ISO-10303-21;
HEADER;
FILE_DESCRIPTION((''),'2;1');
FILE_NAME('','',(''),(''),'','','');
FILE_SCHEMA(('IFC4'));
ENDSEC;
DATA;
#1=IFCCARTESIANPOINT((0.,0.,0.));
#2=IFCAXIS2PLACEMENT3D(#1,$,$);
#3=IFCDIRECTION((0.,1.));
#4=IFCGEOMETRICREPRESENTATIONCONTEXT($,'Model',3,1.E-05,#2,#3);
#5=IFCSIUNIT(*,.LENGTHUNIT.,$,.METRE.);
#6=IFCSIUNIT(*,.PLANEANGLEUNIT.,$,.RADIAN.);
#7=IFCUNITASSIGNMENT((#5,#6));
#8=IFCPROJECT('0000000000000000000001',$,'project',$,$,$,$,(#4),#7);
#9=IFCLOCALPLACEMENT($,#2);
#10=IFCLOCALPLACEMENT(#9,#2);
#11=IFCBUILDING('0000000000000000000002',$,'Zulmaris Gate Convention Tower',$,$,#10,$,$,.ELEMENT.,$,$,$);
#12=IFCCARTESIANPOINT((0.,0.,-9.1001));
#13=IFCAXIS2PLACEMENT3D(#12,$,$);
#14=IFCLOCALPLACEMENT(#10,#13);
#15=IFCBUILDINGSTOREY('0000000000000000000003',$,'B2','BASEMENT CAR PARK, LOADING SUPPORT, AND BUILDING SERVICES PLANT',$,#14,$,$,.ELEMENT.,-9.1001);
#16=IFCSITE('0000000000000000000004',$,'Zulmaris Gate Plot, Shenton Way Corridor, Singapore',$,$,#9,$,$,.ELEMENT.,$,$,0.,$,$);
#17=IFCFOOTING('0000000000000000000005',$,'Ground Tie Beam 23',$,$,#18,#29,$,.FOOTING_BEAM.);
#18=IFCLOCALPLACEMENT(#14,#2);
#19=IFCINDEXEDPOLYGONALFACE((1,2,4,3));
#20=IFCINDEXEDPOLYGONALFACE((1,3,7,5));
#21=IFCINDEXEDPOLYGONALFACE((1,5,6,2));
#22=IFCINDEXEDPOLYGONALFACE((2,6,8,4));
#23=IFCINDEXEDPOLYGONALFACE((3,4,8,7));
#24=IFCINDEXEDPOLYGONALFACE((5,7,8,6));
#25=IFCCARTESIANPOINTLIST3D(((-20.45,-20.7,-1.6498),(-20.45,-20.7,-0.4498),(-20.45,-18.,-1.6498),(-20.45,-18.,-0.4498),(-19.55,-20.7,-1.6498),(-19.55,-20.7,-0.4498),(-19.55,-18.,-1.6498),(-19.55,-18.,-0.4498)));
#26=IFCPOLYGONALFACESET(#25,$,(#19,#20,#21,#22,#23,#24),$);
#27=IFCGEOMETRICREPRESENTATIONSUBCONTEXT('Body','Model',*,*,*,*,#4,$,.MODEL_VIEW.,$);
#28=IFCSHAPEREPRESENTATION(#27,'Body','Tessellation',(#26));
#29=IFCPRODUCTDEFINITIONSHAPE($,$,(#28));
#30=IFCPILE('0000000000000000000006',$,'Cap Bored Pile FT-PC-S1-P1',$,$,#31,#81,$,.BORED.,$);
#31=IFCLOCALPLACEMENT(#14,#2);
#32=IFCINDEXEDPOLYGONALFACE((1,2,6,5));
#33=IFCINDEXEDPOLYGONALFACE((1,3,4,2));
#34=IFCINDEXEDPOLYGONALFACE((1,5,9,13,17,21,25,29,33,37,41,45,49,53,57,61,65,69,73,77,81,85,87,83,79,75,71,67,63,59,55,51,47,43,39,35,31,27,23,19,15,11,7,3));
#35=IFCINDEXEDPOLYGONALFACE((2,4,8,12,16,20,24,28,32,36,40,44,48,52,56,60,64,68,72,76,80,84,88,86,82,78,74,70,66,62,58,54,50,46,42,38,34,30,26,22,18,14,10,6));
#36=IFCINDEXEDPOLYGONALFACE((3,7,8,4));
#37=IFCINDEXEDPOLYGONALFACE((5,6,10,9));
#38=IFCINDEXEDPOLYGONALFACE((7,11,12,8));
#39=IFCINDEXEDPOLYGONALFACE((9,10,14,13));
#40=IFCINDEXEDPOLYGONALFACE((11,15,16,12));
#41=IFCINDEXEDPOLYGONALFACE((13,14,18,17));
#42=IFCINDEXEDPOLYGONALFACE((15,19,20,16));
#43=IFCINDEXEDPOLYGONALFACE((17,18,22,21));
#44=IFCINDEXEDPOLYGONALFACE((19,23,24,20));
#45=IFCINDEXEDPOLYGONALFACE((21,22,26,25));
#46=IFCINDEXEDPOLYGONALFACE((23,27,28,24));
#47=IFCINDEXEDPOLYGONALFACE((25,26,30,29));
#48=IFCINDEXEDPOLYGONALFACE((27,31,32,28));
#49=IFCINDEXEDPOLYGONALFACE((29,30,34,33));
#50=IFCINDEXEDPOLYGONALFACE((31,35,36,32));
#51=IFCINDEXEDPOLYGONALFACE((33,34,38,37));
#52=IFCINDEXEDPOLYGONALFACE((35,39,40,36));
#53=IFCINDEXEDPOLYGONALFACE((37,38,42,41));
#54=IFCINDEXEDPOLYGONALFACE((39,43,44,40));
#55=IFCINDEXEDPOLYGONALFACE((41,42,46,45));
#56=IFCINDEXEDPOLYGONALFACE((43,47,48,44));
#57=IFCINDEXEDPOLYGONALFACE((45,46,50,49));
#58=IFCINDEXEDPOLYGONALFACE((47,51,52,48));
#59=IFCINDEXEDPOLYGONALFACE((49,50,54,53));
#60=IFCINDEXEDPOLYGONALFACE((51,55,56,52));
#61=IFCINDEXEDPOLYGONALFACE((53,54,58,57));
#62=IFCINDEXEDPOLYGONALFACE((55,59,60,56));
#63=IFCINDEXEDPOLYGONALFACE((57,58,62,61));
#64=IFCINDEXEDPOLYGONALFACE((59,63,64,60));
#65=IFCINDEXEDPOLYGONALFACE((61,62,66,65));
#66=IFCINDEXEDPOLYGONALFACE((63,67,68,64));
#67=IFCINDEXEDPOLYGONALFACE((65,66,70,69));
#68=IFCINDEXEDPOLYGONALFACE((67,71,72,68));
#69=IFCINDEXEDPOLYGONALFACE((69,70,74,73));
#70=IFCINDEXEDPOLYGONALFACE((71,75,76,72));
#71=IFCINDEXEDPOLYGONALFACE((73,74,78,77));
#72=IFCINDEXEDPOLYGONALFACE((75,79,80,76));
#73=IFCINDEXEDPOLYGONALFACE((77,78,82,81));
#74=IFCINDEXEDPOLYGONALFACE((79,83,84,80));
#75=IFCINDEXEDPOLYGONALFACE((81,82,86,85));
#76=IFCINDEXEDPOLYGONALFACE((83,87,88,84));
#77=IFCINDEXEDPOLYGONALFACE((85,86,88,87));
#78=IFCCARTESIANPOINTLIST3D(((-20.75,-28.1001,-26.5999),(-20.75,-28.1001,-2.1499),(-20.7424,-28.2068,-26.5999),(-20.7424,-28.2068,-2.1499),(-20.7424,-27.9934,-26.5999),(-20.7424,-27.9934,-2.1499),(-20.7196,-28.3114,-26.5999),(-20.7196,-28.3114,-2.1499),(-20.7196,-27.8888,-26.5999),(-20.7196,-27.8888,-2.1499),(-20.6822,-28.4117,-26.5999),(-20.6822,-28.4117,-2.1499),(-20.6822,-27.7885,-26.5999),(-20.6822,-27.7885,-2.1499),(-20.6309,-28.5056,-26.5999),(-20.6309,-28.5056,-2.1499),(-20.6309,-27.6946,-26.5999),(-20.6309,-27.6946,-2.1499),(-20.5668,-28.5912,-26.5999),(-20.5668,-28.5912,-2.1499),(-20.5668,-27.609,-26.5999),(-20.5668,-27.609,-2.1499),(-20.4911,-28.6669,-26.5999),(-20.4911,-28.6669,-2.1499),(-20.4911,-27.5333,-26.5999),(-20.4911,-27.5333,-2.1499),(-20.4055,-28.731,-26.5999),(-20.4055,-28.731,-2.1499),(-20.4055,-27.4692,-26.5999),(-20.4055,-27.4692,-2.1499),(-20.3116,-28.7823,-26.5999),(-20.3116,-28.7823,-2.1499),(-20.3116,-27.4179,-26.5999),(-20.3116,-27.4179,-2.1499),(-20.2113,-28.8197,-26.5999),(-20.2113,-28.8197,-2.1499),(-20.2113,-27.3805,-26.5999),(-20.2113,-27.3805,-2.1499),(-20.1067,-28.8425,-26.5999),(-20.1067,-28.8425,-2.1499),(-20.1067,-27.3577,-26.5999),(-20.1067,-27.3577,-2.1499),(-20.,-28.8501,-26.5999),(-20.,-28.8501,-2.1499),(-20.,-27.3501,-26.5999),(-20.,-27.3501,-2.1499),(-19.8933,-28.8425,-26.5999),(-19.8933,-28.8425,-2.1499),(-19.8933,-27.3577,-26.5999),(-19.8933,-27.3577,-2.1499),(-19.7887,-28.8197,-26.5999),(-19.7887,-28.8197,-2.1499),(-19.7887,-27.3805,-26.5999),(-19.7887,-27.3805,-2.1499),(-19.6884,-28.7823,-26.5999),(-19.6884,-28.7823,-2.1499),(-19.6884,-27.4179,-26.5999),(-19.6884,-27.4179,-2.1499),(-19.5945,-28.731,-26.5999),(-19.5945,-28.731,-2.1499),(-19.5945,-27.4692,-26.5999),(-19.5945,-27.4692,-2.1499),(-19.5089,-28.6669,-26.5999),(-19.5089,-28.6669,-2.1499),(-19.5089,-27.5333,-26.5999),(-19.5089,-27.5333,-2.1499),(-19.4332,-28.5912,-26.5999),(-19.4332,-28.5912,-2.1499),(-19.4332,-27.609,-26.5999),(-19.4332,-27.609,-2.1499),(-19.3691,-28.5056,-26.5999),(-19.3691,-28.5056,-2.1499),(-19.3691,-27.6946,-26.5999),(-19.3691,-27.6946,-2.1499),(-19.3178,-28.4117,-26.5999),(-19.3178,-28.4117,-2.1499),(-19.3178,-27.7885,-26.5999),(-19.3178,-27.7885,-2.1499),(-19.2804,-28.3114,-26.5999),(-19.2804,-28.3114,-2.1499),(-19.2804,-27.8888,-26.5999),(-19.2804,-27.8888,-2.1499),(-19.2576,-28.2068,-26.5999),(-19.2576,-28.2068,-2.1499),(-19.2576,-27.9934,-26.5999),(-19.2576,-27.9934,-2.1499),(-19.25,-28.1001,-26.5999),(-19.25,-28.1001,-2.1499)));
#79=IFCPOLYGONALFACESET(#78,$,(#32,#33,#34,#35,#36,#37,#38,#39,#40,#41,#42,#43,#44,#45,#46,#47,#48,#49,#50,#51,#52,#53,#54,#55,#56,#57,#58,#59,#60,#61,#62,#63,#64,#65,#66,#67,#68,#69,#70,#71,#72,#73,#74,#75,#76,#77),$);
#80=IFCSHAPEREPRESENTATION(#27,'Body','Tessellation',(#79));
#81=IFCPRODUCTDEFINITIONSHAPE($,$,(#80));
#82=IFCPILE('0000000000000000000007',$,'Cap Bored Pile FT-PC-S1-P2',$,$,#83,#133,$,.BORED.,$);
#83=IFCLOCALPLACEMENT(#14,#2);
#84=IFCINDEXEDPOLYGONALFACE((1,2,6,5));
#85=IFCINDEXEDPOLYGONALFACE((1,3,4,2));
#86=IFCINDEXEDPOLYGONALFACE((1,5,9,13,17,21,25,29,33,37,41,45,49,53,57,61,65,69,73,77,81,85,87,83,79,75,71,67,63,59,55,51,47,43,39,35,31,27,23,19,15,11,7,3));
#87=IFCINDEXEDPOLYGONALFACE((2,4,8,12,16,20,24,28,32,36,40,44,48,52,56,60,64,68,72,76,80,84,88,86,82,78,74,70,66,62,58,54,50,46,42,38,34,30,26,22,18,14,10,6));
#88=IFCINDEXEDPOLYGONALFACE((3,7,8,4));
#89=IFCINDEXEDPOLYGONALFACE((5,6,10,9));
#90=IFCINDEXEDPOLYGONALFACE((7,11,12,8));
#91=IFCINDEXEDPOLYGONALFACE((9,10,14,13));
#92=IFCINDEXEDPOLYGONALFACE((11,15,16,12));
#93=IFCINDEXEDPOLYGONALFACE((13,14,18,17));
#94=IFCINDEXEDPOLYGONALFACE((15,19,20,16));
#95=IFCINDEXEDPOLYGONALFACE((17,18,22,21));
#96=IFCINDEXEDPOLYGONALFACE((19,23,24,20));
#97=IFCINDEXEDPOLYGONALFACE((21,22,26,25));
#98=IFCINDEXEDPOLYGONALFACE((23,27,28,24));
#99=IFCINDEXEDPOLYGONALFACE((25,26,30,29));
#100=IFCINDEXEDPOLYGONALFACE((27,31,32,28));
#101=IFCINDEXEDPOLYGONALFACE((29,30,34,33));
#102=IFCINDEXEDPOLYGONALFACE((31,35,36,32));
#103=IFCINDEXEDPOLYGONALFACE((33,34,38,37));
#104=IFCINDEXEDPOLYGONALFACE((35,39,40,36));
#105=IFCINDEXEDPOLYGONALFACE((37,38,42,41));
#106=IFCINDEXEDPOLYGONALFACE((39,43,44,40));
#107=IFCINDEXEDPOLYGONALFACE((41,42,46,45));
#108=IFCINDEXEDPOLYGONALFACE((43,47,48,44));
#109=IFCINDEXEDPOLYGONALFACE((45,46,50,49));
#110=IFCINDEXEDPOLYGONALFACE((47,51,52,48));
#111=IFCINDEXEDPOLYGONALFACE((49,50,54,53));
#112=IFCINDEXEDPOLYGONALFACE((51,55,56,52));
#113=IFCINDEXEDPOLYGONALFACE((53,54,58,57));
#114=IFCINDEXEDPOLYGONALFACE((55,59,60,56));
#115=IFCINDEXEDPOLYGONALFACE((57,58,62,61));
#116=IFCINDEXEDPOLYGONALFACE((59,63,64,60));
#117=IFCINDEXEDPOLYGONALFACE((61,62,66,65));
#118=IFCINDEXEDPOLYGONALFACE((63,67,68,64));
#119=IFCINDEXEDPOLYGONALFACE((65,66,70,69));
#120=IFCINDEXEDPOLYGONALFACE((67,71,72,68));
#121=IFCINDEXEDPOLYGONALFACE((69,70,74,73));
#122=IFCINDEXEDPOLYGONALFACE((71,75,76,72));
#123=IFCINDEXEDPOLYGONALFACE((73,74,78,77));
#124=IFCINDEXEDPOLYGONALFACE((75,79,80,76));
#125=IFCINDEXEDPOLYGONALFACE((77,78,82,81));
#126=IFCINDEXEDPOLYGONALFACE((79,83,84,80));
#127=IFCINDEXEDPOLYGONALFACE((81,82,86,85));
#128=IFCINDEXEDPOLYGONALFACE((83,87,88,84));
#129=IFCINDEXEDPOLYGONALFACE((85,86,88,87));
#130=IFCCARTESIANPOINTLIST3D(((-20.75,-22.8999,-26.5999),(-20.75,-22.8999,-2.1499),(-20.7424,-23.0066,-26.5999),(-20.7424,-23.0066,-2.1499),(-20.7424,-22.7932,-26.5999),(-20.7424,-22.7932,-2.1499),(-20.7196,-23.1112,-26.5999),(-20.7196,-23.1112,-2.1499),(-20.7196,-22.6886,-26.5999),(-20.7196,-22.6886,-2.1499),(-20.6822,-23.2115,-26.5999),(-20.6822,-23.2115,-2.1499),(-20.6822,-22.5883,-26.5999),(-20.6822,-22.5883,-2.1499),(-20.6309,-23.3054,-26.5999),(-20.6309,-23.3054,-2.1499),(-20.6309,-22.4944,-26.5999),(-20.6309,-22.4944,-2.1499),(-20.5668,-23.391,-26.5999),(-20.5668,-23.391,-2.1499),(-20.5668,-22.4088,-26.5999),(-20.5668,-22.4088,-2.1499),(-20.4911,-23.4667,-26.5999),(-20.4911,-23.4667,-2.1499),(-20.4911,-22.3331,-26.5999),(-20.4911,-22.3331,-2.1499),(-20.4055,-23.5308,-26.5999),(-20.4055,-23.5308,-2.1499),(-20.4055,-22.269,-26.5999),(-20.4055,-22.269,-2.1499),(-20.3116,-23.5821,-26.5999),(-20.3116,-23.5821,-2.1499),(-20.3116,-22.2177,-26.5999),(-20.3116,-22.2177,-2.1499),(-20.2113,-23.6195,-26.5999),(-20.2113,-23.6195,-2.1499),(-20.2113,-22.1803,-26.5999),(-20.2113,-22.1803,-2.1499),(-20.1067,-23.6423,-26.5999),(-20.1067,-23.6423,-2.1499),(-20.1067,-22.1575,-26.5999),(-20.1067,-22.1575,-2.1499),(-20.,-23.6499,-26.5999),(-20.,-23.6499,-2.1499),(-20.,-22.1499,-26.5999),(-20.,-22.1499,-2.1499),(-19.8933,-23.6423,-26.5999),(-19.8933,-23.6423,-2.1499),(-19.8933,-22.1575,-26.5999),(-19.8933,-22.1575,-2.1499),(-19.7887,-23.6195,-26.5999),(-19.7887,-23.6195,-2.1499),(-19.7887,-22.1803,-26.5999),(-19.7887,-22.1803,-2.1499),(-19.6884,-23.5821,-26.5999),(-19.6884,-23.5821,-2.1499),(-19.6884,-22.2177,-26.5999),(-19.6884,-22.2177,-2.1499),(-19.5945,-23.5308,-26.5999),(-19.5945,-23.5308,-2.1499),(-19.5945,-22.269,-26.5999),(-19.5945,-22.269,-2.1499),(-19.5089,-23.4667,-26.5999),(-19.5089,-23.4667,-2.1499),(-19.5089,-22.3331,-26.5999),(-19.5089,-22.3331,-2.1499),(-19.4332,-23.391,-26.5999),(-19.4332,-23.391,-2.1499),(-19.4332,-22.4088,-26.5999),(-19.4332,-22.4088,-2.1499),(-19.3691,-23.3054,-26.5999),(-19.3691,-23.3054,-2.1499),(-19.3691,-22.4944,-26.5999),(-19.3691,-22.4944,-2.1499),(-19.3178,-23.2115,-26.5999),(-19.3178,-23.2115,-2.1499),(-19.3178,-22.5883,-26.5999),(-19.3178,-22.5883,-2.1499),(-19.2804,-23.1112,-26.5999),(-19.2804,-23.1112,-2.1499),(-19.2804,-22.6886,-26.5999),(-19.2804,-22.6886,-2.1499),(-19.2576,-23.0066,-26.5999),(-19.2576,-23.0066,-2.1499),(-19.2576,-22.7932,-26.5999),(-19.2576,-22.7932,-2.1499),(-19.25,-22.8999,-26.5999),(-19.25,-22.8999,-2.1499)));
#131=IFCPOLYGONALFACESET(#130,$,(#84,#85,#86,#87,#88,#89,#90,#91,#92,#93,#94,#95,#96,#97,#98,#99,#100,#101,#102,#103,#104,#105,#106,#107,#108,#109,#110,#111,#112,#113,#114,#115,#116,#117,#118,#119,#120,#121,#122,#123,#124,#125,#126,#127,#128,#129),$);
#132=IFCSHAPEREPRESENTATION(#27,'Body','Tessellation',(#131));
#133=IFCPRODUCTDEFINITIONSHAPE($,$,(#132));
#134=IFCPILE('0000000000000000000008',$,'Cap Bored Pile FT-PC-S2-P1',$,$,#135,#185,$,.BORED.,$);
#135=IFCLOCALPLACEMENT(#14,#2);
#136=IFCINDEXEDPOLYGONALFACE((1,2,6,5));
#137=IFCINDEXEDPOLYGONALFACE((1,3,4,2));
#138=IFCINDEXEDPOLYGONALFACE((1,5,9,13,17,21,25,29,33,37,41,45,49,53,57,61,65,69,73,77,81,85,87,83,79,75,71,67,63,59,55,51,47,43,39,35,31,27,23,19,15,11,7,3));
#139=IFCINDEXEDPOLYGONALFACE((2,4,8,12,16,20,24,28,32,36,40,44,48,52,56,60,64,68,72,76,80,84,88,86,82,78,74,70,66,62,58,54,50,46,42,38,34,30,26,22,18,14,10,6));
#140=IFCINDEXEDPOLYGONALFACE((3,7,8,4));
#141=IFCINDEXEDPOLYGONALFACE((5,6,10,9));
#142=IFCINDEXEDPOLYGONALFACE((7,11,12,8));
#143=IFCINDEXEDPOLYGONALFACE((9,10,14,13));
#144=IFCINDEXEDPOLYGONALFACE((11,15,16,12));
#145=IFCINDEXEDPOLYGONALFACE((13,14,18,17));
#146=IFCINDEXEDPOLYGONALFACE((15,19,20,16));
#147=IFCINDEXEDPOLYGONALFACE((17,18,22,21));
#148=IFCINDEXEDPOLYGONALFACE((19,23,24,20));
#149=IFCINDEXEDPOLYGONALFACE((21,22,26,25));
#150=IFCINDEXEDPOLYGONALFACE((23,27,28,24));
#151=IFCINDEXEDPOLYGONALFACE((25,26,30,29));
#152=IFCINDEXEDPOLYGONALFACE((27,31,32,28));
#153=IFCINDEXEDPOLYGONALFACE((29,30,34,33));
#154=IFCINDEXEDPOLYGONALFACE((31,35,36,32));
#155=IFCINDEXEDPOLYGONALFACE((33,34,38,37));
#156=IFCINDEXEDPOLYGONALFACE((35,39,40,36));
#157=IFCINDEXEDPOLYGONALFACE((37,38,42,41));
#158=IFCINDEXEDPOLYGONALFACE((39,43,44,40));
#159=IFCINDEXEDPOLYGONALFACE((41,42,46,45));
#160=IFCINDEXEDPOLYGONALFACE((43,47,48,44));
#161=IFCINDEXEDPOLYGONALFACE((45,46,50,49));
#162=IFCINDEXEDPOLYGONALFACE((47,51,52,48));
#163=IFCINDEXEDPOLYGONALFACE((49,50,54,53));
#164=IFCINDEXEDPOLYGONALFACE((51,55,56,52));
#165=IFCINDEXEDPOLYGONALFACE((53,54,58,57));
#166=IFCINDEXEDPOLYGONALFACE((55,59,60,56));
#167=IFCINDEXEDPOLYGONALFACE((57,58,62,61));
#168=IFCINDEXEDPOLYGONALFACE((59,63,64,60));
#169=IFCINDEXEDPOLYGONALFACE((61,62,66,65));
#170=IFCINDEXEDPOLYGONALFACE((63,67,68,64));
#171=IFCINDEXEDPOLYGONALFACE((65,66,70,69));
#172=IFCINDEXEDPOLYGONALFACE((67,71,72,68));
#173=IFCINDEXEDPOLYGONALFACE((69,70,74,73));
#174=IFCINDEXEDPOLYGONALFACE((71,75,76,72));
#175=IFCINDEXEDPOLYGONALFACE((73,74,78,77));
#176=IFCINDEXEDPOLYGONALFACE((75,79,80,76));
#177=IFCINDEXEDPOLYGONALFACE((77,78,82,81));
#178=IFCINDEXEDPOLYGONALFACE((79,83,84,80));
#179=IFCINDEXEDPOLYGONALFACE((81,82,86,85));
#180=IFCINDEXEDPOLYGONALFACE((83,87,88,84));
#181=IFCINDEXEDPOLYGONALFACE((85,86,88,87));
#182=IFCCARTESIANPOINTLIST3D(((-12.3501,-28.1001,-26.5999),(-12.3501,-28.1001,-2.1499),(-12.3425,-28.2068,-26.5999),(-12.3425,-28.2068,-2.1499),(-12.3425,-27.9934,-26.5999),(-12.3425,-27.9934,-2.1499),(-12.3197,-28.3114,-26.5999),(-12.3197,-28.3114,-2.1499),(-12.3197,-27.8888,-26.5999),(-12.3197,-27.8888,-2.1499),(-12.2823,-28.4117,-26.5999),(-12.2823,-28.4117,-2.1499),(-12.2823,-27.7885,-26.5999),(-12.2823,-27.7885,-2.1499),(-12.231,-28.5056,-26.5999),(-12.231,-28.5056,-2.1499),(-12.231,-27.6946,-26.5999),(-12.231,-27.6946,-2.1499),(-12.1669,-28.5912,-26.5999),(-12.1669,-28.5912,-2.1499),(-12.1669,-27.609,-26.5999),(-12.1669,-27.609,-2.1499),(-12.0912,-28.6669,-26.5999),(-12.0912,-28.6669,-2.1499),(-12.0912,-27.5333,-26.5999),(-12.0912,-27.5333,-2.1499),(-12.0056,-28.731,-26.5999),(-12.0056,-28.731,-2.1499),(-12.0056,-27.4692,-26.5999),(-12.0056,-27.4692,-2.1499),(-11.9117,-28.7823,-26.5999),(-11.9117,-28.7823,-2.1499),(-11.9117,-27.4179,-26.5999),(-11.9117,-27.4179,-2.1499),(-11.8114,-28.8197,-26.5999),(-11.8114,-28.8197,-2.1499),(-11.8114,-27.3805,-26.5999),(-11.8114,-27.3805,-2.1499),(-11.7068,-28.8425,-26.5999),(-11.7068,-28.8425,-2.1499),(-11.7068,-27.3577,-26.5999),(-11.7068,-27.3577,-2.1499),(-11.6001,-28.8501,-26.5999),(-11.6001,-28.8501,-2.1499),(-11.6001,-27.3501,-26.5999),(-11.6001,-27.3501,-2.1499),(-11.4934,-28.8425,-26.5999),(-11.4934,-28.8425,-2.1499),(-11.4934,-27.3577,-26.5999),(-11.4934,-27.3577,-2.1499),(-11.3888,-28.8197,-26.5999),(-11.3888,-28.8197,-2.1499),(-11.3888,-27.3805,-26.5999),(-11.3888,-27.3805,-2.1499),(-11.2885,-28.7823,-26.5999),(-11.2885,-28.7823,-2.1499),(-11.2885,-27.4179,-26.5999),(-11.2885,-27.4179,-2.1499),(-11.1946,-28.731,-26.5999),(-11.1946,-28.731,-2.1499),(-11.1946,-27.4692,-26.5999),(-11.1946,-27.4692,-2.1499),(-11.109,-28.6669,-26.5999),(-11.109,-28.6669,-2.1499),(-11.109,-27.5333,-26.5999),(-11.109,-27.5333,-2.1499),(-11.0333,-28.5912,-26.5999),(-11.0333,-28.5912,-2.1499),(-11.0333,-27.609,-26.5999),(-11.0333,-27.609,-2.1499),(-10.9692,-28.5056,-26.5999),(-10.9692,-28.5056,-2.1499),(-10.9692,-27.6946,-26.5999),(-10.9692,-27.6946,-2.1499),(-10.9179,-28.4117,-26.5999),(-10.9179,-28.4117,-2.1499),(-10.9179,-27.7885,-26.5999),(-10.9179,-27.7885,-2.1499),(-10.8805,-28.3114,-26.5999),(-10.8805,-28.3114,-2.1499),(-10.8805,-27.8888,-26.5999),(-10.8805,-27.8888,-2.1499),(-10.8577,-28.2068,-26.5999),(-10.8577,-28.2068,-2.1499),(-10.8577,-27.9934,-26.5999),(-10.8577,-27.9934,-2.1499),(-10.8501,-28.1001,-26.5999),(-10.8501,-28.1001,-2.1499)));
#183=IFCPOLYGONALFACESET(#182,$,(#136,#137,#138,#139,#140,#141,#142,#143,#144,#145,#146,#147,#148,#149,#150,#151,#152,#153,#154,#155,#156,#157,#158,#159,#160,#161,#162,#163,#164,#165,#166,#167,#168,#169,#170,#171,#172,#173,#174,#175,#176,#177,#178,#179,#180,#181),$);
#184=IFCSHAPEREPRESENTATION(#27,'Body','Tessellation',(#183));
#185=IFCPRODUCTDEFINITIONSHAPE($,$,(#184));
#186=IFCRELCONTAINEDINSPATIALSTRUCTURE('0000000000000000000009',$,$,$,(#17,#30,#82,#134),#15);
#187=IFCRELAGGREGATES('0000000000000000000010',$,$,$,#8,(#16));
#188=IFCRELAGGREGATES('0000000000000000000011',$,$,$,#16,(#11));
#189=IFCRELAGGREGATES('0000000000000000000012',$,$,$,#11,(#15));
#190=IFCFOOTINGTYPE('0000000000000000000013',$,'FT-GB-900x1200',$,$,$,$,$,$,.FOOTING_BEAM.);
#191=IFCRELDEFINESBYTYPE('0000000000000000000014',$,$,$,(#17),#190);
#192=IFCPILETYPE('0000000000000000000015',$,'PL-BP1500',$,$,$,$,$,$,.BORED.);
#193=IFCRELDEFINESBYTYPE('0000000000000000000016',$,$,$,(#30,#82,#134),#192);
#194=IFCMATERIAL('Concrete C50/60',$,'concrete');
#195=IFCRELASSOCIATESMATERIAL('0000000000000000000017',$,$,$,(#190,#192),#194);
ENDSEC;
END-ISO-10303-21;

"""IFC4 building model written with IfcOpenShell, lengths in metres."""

from ifc_helpers import new_model, si_unit, direction, frame, origin, origin_2d, place, context, subcontext, project, spatial, rectangle, circle, extrude, material, material_profile, profile_set, type_object, element, save


model = new_model("IFC4")

# Units and contexts
model_context = context("Model", 3, precision=1e-05, world=origin(), true_north=direction((0.0, 1.0)))
body_context = subcontext(model_context, "Body", "Model", "MODEL_VIEW")
ifc_project = project(units=[si_unit("LENGTHUNIT", "METRE"), si_unit("PLANEANGLEUNIT", "RADIAN")], contexts=[model_context])

# Site, building, storey
site_placement = place(None, origin())
site = spatial("IfcSite", under=ifc_project, at=site_placement, Name="Zulmaris Gate Plot, Shenton Way Corridor, Singapore", CompositionType="ELEMENT", RefElevation=0.0)
building_placement = place(site_placement, origin())
building = spatial("IfcBuilding", under=site, at=building_placement, Name="Zulmaris Gate Convention Tower", CompositionType="ELEMENT")
storey_placement = place(building_placement, frame((0.0, 0.0, -9.1001)))
storey = spatial("IfcBuildingStorey", under=building, at=storey_placement, Name="B2", Description="BASEMENT CAR PARK, LOADING SUPPORT, AND BUILDING SERVICES PLANT", CompositionType="ELEMENT", Elevation=-9.1001)

# Footing
ifc_material_1 = material(Name="Concrete C50/60", Category="concrete")
ifc_material_profile_1 = material_profile(ifc_material_1, rectangle(XDim=0.8999, YDim=1.2, at=origin_2d()), Name="RC TIE 900x1200")
ifc_profile_set_1 = profile_set([ifc_material_profile_1], Name="Concrete C50/60")
footing_type = type_object("IfcFootingType", Name="FT-GB-900x1200", PredefinedType="FOOTING_BEAM", material=ifc_profile_set_1)
footing_placement = place(storey_placement, frame((-20.0, -20.7, -1.0498), z_axis=(0.0, 1.0, 0.0), x_axis=(-1.0, 0.0, 0.0)))
element("IfcFooting", 1, at=footing_placement, inside=storey, type_object=footing_type, Name="Ground Tie Beam 23", PredefinedType="FOOTING_BEAM", context=body_context, shape_type="SweptSolid", body=[
    extrude(rectangle(XDim=0.8999, YDim=1.2, at=origin_2d()), origin(), (0.0, 0.0, 1.0), 2.7),
])

# Piles
ifc_material_profile_2 = material_profile(ifc_material_1, circle(Radius=0.75, at=origin_2d()), Name="BORED PILE 1500")
ifc_profile_set_2 = profile_set([ifc_material_profile_2], Name="Concrete C50/60")
pile_type_1 = type_object("IfcPileType", Name="PL-BP1500", PredefinedType="BORED", material=ifc_profile_set_2)
for number, where, z_axis, x_axis, name in (
    (2, (-20.0, -28.1001, -2.1499), (0.0, 0.0, -1.0), (1.0, 0.0, 0.0), "Cap Bored Pile FT-PC-S1-P1"),
    (3, (-20.0, -22.8999, -2.1499), (0.0, 0.0, -1.0), (1.0, 0.0, 0.0), "Cap Bored Pile FT-PC-S1-P2"),
    (4, (-11.6001, -28.1001, -2.1499), (0.0, 0.0, -1.0), (1.0, 0.0, 0.0), "Cap Bored Pile FT-PC-S2-P1"),
):
    element("IfcPile", number, at=place(storey_placement, frame(where, z_axis=z_axis, x_axis=x_axis)), inside=storey, type_object=pile_type_1, Name=name, PredefinedType="BORED", context=body_context, shape_type="SweptSolid", body=[
        extrude(circle(Radius=0.75, at=origin_2d()), origin(), (0.0, 0.0, 1.0), 24.45),
    ])

save(model, "model.ifc")
